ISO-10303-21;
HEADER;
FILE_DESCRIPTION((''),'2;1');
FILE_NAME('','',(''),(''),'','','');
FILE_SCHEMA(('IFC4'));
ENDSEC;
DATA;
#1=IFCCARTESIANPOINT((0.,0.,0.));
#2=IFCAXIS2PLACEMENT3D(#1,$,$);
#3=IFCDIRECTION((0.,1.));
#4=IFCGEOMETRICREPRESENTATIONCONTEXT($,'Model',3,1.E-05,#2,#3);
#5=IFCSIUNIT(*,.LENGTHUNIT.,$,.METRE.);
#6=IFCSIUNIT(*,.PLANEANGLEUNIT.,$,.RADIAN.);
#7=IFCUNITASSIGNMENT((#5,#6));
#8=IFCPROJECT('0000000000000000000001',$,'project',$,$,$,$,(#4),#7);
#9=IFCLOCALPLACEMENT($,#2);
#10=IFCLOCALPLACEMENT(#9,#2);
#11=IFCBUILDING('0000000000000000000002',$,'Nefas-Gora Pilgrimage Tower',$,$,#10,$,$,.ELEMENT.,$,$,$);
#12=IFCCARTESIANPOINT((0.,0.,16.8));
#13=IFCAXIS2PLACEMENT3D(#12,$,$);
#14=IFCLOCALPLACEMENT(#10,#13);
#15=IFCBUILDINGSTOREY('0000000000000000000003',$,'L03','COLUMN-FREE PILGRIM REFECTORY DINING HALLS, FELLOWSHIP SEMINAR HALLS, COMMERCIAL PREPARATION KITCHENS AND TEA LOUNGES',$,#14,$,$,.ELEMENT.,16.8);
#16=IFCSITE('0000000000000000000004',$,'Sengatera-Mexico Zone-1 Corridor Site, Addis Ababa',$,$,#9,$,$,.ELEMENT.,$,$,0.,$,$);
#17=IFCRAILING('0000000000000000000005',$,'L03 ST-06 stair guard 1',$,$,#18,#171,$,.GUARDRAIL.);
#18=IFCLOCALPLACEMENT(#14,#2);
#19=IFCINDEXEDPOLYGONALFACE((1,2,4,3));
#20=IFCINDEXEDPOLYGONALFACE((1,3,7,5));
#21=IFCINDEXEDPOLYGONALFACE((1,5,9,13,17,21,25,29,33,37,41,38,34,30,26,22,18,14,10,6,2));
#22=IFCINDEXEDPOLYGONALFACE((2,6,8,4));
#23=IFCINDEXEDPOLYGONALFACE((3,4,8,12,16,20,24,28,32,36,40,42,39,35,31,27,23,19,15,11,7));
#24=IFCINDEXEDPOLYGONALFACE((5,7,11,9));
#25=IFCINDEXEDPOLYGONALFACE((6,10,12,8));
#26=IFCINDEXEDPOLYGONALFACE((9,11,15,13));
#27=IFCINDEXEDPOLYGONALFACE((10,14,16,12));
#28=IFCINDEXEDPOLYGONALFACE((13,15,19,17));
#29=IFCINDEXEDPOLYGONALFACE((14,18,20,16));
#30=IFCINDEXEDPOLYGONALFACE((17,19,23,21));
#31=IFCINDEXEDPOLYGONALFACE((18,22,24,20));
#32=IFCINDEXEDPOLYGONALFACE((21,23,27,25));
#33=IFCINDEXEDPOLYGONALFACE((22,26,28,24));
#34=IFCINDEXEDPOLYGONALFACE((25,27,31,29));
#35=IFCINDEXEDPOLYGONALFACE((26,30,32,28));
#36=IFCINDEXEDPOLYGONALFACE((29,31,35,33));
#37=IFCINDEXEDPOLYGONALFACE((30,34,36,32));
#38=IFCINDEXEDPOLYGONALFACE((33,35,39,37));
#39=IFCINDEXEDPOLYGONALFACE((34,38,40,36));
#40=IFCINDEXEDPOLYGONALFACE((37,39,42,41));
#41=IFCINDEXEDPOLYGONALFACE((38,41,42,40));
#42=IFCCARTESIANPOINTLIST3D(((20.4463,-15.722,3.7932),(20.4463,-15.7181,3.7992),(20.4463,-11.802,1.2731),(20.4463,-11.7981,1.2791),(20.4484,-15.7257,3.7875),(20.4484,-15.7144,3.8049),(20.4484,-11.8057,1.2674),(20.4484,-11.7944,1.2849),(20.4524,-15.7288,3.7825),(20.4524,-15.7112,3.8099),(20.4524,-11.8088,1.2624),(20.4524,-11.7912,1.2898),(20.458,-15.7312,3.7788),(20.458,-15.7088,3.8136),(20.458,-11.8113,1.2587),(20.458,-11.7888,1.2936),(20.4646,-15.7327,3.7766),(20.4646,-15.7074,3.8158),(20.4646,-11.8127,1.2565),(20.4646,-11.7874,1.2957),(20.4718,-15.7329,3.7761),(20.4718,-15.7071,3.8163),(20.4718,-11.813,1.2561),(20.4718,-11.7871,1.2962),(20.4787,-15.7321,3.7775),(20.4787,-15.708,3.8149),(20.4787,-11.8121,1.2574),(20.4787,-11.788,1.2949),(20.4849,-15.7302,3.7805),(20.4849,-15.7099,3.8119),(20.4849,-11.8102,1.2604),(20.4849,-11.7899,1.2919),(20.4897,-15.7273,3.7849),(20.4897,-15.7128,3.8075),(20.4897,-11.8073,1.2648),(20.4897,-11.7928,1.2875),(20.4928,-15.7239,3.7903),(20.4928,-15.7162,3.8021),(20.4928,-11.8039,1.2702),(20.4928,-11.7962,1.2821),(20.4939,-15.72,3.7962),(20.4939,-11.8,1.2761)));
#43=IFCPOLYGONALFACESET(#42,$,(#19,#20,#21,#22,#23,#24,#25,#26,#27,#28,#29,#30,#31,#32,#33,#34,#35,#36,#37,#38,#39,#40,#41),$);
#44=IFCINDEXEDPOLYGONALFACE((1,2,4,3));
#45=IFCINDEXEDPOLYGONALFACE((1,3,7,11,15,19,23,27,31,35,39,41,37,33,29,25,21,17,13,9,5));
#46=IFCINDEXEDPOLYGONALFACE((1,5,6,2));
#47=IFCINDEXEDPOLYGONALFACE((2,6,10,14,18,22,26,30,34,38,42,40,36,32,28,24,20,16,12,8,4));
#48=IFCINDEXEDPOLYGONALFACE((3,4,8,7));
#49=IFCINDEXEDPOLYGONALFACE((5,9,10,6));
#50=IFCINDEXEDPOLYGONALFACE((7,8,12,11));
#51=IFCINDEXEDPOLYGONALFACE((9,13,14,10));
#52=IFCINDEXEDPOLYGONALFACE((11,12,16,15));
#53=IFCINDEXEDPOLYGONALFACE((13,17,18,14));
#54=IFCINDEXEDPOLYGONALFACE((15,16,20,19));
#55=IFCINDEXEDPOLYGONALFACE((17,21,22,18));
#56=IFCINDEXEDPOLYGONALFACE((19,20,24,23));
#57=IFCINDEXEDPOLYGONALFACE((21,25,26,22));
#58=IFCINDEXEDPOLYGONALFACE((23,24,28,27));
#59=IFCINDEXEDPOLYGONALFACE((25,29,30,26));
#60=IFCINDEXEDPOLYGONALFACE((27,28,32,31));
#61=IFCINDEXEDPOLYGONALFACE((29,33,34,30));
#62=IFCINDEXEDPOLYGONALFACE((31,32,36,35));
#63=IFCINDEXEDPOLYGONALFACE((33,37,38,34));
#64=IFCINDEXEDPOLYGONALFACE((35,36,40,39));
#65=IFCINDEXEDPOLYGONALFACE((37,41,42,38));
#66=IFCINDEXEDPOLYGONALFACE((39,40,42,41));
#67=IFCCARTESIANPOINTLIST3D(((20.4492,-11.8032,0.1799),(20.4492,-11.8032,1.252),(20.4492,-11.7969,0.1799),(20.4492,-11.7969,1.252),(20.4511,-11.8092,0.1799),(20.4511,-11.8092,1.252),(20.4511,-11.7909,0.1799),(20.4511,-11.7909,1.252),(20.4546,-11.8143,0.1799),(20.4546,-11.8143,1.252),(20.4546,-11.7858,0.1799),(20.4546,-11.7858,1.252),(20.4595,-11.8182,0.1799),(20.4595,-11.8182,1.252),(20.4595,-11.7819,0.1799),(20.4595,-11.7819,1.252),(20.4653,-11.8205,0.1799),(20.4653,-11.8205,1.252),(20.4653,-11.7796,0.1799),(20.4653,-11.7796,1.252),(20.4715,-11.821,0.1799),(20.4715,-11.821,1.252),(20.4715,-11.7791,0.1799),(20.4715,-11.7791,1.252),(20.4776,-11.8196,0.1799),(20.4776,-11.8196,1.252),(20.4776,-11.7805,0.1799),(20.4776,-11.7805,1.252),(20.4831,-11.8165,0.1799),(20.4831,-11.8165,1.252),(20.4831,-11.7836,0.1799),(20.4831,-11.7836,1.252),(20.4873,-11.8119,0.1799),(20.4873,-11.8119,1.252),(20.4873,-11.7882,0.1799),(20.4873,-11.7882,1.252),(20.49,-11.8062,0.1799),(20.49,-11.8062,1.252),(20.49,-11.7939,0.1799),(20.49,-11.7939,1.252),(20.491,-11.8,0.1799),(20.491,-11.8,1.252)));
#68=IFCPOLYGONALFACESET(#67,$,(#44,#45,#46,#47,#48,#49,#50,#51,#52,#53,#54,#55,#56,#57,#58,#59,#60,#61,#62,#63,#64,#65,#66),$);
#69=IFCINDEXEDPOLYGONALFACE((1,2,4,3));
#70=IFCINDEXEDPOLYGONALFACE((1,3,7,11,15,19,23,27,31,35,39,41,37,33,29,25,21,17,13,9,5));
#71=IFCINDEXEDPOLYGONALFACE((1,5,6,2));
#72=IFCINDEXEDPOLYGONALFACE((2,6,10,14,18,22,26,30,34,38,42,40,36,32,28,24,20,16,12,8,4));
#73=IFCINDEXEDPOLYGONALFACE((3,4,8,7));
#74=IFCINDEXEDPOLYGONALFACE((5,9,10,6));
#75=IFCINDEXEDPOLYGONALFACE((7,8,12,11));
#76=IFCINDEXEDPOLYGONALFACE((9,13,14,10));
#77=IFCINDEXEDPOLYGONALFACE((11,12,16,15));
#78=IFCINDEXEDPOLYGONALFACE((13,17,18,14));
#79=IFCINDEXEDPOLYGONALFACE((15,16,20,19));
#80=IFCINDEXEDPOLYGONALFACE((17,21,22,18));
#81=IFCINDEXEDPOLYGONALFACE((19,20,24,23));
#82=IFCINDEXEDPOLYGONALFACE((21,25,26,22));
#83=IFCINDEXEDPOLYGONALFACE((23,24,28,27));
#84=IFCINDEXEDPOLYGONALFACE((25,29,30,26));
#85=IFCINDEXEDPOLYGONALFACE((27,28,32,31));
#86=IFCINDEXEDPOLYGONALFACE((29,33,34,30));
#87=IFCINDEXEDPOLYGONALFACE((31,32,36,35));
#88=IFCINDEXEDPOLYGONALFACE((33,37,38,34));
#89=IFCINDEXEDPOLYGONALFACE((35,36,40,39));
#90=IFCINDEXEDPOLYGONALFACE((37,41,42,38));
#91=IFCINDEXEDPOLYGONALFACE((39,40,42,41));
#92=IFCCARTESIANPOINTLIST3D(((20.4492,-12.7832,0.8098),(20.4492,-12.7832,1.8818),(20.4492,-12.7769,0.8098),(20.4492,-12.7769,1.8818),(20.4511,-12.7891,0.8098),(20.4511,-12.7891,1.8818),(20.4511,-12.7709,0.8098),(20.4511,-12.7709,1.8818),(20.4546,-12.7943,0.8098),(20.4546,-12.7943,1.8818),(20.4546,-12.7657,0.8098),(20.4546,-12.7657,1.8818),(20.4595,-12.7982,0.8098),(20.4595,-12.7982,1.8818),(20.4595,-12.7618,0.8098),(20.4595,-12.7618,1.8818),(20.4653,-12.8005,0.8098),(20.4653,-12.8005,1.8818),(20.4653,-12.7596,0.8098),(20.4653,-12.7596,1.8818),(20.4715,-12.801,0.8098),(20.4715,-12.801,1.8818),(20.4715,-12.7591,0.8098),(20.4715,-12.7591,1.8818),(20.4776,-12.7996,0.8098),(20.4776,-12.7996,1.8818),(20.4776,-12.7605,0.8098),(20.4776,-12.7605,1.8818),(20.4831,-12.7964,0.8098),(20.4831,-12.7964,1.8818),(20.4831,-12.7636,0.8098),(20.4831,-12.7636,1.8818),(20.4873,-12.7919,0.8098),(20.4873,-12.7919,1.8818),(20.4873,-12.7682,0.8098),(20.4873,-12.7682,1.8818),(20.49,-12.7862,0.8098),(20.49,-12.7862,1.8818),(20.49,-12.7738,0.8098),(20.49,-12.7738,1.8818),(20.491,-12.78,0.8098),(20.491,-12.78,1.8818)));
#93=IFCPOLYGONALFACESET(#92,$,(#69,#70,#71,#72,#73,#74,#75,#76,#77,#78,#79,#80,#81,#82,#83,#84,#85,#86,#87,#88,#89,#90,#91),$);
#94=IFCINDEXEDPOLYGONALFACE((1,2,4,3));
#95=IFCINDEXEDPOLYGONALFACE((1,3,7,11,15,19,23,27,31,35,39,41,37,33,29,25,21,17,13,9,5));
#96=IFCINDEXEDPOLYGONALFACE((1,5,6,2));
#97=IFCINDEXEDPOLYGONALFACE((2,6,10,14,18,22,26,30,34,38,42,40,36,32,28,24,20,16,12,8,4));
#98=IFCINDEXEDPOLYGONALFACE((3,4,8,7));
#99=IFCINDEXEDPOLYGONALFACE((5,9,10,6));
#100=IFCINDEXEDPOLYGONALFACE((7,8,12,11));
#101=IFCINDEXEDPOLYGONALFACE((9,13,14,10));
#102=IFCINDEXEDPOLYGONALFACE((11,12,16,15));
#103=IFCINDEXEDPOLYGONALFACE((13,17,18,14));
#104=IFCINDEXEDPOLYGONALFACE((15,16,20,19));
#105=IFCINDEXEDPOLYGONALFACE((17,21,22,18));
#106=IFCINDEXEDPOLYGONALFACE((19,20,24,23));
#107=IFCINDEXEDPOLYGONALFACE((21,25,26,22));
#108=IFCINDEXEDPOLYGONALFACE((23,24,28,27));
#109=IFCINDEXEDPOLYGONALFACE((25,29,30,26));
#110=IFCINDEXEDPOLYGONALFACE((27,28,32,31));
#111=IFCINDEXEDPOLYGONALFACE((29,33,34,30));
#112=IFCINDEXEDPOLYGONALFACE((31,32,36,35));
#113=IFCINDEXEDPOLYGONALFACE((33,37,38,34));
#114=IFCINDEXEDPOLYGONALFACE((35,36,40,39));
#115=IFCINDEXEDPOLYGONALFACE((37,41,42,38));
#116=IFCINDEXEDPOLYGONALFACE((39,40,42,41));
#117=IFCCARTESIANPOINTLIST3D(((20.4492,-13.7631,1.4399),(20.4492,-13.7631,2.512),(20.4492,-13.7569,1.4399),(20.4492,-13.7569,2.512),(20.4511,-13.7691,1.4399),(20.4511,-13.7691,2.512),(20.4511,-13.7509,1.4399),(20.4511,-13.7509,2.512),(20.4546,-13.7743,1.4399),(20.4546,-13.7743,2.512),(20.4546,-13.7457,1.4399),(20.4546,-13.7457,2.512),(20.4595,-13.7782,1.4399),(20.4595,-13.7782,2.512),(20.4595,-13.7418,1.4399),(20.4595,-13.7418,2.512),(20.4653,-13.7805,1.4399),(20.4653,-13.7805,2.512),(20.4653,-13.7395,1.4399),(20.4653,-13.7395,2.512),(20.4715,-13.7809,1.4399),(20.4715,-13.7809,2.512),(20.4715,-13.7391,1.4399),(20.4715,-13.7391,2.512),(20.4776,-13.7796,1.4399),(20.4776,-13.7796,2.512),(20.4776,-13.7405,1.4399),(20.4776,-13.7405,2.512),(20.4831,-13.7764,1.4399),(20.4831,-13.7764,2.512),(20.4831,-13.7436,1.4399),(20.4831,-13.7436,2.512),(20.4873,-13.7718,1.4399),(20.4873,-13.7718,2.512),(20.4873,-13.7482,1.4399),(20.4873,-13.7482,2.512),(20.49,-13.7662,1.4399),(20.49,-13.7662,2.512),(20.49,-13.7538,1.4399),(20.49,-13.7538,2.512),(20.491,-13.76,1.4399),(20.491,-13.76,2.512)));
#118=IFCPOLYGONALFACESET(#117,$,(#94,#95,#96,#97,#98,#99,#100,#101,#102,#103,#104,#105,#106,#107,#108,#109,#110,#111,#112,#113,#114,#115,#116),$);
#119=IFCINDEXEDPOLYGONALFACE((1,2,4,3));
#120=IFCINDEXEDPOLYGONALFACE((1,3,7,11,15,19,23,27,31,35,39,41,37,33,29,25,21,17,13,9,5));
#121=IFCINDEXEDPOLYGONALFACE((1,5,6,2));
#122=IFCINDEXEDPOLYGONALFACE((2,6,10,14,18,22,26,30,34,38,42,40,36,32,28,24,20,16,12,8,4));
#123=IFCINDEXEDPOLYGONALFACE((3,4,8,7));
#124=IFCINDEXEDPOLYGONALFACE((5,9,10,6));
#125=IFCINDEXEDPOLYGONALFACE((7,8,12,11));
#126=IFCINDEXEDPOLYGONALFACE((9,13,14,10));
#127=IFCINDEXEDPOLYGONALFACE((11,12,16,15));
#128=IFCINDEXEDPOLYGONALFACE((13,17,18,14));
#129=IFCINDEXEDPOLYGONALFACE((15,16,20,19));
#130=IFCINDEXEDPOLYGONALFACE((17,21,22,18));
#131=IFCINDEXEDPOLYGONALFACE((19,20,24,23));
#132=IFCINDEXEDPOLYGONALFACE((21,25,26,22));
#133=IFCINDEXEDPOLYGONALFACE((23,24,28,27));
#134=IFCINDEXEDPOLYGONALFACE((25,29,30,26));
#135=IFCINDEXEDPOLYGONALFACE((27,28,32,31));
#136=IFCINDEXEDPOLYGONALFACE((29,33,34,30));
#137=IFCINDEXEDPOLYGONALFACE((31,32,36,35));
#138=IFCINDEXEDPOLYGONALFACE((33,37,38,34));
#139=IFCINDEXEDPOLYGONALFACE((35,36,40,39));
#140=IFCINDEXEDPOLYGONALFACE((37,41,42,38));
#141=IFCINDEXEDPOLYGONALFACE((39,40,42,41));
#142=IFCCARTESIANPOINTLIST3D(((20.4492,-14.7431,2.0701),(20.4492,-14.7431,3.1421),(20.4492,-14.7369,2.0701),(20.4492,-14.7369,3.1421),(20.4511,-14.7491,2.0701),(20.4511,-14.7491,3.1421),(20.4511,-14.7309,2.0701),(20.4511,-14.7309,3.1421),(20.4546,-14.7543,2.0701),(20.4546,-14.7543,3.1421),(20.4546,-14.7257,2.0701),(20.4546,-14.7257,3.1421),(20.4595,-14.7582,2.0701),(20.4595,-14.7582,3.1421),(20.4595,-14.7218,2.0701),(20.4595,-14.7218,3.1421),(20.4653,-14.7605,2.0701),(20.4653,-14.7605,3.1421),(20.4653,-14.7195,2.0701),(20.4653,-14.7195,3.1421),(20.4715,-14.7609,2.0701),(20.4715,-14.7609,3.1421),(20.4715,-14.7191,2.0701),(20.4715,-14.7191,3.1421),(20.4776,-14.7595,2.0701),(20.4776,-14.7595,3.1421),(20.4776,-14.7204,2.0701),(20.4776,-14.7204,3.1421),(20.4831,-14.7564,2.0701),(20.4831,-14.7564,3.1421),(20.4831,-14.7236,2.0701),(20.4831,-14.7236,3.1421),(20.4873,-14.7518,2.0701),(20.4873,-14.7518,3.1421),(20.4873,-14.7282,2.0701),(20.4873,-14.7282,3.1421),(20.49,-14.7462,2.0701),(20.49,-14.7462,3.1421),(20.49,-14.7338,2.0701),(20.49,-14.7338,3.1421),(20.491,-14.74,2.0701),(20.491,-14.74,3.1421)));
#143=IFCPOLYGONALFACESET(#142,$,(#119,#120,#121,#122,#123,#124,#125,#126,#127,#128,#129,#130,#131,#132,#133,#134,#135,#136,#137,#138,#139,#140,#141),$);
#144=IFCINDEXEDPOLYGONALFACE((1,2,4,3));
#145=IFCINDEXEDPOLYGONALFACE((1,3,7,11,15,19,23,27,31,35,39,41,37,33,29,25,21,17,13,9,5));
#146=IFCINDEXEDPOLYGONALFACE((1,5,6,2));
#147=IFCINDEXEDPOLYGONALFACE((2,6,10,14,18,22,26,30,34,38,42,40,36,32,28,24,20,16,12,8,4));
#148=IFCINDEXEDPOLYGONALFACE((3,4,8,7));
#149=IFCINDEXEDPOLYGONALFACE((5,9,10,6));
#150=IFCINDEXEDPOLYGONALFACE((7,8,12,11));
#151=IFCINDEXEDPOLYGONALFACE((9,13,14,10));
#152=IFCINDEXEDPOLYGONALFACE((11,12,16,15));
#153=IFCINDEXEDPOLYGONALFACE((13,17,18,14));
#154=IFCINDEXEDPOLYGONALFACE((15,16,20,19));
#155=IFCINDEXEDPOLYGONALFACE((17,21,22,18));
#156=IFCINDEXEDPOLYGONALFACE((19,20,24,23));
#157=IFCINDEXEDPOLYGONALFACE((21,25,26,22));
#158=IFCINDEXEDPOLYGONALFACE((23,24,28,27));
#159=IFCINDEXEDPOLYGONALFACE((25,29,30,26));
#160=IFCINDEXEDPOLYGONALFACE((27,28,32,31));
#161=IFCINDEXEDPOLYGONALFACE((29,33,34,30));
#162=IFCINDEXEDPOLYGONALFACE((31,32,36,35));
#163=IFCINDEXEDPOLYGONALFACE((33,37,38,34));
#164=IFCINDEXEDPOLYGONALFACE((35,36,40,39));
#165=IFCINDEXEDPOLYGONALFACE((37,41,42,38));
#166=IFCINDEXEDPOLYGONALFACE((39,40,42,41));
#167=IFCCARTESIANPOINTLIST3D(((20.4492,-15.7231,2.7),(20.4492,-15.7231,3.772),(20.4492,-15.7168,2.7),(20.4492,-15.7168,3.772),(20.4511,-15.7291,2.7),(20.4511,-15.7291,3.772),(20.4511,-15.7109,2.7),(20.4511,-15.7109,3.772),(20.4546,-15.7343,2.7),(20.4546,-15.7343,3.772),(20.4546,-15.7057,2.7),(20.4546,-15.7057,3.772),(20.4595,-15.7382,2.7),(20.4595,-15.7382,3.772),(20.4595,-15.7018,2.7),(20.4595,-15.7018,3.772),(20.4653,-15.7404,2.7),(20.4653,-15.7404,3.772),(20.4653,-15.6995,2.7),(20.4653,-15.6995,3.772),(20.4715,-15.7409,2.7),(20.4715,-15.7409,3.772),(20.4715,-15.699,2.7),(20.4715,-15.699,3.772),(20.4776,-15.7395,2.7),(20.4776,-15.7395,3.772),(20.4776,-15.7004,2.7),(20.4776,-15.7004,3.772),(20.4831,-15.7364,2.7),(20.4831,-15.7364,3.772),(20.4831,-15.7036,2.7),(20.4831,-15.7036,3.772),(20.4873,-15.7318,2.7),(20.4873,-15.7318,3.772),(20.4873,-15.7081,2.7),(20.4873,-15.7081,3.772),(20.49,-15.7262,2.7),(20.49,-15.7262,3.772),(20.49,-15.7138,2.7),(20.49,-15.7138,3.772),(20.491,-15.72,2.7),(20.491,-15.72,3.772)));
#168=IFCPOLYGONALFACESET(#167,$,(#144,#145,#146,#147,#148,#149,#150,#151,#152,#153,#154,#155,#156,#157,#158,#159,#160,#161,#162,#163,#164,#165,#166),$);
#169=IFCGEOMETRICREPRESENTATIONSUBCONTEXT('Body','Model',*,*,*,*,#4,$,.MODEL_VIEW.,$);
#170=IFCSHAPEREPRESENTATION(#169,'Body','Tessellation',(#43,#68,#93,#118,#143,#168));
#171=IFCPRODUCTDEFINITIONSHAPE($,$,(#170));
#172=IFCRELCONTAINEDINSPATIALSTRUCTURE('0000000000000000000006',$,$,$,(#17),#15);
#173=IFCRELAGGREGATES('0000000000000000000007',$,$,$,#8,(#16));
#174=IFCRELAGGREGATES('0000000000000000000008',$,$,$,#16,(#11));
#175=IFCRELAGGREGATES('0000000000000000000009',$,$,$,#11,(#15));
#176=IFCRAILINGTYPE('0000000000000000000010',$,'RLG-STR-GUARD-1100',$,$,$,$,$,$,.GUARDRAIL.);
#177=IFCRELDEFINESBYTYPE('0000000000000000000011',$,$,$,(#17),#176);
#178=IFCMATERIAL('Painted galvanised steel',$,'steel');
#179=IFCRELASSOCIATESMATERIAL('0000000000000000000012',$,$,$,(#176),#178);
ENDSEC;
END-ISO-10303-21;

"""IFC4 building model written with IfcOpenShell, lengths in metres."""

from ifc_helpers import new_model, si_unit, direction, frame, origin, origin_2d, place, context, subcontext, project, spatial, circle, extrude, material, type_object, element, save


model = new_model("IFC4")

# Units and contexts
model_context = context("Model", 3, precision=1e-05, world=origin(), true_north=direction((0.0, 1.0)))
body_context = subcontext(model_context, "Body", "Model", "MODEL_VIEW")
ifc_project = project(units=[si_unit("LENGTHUNIT", "METRE"), si_unit("PLANEANGLEUNIT", "RADIAN")], contexts=[model_context])

# Site, building, storey
site_placement = place(None, origin())
site = spatial("IfcSite", under=ifc_project, at=site_placement, Name="Sengatera-Mexico Zone-1 Corridor Site, Addis Ababa", CompositionType="ELEMENT", RefElevation=0.0)
building_placement = place(site_placement, origin())
building = spatial("IfcBuilding", under=site, at=building_placement, Name="Nefas-Gora Pilgrimage Tower", CompositionType="ELEMENT")
storey_placement = place(building_placement, frame((0.0, 0.0, 16.8)))
storey = spatial("IfcBuildingStorey", under=building, at=storey_placement, Name="L03", Description="COLUMN-FREE PILGRIM REFECTORY DINING HALLS, FELLOWSHIP SEMINAR HALLS, COMMERCIAL PREPARATION KITCHENS AND TEA LOUNGES", CompositionType="ELEMENT", Elevation=16.8)

# Railing
ifc_material_1 = material(Name="Painted galvanised steel", Category="steel")
railing_type_1 = type_object("IfcRailingType", Name="RLG-STR-GUARD-1100", PredefinedType="GUARDRAIL", material=ifc_material_1)
railing_1_placement = place(storey_placement, frame((20.47, -11.8, 0.1799)))
element("IfcRailing", 1, at=railing_1_placement, inside=storey, type_object=railing_type_1, Name="L03 ST-06 stair guard 1", PredefinedType="GUARDRAIL", context=body_context, shape_type="SweptSolid", body=[
    extrude(circle(Radius=0.0239, at=origin_2d()), frame((0.0, 0.0, 1.0962), z_axis=(0.0, -0.841172, 0.540768), x_axis=(1.0, 0.0, 0.0)), (0.0, 0.0, 1.0), 4.6602),
    extrude(circle(Radius=0.021, at=origin_2d()), origin(), (0.0, 0.0, 1.0), 1.072),
    extrude(circle(Radius=0.021, at=origin_2d()), frame((0.0, -0.98, 0.6299)), (0.0, 0.0, 1.0), 1.072),
    extrude(circle(Radius=0.021, at=origin_2d()), frame((0.0, -1.96, 1.26)), (0.0, 0.0, 1.0), 1.072),
    extrude(circle(Radius=0.021, at=origin_2d()), frame((0.0, -2.9399, 1.8901)), (0.0, 0.0, 1.0), 1.072),
    extrude(circle(Radius=0.021, at=origin_2d()), frame((0.0, -3.9199, 2.52)), (0.0, 0.0, 1.0), 1.072),
])

save(model, "model.ifc")
